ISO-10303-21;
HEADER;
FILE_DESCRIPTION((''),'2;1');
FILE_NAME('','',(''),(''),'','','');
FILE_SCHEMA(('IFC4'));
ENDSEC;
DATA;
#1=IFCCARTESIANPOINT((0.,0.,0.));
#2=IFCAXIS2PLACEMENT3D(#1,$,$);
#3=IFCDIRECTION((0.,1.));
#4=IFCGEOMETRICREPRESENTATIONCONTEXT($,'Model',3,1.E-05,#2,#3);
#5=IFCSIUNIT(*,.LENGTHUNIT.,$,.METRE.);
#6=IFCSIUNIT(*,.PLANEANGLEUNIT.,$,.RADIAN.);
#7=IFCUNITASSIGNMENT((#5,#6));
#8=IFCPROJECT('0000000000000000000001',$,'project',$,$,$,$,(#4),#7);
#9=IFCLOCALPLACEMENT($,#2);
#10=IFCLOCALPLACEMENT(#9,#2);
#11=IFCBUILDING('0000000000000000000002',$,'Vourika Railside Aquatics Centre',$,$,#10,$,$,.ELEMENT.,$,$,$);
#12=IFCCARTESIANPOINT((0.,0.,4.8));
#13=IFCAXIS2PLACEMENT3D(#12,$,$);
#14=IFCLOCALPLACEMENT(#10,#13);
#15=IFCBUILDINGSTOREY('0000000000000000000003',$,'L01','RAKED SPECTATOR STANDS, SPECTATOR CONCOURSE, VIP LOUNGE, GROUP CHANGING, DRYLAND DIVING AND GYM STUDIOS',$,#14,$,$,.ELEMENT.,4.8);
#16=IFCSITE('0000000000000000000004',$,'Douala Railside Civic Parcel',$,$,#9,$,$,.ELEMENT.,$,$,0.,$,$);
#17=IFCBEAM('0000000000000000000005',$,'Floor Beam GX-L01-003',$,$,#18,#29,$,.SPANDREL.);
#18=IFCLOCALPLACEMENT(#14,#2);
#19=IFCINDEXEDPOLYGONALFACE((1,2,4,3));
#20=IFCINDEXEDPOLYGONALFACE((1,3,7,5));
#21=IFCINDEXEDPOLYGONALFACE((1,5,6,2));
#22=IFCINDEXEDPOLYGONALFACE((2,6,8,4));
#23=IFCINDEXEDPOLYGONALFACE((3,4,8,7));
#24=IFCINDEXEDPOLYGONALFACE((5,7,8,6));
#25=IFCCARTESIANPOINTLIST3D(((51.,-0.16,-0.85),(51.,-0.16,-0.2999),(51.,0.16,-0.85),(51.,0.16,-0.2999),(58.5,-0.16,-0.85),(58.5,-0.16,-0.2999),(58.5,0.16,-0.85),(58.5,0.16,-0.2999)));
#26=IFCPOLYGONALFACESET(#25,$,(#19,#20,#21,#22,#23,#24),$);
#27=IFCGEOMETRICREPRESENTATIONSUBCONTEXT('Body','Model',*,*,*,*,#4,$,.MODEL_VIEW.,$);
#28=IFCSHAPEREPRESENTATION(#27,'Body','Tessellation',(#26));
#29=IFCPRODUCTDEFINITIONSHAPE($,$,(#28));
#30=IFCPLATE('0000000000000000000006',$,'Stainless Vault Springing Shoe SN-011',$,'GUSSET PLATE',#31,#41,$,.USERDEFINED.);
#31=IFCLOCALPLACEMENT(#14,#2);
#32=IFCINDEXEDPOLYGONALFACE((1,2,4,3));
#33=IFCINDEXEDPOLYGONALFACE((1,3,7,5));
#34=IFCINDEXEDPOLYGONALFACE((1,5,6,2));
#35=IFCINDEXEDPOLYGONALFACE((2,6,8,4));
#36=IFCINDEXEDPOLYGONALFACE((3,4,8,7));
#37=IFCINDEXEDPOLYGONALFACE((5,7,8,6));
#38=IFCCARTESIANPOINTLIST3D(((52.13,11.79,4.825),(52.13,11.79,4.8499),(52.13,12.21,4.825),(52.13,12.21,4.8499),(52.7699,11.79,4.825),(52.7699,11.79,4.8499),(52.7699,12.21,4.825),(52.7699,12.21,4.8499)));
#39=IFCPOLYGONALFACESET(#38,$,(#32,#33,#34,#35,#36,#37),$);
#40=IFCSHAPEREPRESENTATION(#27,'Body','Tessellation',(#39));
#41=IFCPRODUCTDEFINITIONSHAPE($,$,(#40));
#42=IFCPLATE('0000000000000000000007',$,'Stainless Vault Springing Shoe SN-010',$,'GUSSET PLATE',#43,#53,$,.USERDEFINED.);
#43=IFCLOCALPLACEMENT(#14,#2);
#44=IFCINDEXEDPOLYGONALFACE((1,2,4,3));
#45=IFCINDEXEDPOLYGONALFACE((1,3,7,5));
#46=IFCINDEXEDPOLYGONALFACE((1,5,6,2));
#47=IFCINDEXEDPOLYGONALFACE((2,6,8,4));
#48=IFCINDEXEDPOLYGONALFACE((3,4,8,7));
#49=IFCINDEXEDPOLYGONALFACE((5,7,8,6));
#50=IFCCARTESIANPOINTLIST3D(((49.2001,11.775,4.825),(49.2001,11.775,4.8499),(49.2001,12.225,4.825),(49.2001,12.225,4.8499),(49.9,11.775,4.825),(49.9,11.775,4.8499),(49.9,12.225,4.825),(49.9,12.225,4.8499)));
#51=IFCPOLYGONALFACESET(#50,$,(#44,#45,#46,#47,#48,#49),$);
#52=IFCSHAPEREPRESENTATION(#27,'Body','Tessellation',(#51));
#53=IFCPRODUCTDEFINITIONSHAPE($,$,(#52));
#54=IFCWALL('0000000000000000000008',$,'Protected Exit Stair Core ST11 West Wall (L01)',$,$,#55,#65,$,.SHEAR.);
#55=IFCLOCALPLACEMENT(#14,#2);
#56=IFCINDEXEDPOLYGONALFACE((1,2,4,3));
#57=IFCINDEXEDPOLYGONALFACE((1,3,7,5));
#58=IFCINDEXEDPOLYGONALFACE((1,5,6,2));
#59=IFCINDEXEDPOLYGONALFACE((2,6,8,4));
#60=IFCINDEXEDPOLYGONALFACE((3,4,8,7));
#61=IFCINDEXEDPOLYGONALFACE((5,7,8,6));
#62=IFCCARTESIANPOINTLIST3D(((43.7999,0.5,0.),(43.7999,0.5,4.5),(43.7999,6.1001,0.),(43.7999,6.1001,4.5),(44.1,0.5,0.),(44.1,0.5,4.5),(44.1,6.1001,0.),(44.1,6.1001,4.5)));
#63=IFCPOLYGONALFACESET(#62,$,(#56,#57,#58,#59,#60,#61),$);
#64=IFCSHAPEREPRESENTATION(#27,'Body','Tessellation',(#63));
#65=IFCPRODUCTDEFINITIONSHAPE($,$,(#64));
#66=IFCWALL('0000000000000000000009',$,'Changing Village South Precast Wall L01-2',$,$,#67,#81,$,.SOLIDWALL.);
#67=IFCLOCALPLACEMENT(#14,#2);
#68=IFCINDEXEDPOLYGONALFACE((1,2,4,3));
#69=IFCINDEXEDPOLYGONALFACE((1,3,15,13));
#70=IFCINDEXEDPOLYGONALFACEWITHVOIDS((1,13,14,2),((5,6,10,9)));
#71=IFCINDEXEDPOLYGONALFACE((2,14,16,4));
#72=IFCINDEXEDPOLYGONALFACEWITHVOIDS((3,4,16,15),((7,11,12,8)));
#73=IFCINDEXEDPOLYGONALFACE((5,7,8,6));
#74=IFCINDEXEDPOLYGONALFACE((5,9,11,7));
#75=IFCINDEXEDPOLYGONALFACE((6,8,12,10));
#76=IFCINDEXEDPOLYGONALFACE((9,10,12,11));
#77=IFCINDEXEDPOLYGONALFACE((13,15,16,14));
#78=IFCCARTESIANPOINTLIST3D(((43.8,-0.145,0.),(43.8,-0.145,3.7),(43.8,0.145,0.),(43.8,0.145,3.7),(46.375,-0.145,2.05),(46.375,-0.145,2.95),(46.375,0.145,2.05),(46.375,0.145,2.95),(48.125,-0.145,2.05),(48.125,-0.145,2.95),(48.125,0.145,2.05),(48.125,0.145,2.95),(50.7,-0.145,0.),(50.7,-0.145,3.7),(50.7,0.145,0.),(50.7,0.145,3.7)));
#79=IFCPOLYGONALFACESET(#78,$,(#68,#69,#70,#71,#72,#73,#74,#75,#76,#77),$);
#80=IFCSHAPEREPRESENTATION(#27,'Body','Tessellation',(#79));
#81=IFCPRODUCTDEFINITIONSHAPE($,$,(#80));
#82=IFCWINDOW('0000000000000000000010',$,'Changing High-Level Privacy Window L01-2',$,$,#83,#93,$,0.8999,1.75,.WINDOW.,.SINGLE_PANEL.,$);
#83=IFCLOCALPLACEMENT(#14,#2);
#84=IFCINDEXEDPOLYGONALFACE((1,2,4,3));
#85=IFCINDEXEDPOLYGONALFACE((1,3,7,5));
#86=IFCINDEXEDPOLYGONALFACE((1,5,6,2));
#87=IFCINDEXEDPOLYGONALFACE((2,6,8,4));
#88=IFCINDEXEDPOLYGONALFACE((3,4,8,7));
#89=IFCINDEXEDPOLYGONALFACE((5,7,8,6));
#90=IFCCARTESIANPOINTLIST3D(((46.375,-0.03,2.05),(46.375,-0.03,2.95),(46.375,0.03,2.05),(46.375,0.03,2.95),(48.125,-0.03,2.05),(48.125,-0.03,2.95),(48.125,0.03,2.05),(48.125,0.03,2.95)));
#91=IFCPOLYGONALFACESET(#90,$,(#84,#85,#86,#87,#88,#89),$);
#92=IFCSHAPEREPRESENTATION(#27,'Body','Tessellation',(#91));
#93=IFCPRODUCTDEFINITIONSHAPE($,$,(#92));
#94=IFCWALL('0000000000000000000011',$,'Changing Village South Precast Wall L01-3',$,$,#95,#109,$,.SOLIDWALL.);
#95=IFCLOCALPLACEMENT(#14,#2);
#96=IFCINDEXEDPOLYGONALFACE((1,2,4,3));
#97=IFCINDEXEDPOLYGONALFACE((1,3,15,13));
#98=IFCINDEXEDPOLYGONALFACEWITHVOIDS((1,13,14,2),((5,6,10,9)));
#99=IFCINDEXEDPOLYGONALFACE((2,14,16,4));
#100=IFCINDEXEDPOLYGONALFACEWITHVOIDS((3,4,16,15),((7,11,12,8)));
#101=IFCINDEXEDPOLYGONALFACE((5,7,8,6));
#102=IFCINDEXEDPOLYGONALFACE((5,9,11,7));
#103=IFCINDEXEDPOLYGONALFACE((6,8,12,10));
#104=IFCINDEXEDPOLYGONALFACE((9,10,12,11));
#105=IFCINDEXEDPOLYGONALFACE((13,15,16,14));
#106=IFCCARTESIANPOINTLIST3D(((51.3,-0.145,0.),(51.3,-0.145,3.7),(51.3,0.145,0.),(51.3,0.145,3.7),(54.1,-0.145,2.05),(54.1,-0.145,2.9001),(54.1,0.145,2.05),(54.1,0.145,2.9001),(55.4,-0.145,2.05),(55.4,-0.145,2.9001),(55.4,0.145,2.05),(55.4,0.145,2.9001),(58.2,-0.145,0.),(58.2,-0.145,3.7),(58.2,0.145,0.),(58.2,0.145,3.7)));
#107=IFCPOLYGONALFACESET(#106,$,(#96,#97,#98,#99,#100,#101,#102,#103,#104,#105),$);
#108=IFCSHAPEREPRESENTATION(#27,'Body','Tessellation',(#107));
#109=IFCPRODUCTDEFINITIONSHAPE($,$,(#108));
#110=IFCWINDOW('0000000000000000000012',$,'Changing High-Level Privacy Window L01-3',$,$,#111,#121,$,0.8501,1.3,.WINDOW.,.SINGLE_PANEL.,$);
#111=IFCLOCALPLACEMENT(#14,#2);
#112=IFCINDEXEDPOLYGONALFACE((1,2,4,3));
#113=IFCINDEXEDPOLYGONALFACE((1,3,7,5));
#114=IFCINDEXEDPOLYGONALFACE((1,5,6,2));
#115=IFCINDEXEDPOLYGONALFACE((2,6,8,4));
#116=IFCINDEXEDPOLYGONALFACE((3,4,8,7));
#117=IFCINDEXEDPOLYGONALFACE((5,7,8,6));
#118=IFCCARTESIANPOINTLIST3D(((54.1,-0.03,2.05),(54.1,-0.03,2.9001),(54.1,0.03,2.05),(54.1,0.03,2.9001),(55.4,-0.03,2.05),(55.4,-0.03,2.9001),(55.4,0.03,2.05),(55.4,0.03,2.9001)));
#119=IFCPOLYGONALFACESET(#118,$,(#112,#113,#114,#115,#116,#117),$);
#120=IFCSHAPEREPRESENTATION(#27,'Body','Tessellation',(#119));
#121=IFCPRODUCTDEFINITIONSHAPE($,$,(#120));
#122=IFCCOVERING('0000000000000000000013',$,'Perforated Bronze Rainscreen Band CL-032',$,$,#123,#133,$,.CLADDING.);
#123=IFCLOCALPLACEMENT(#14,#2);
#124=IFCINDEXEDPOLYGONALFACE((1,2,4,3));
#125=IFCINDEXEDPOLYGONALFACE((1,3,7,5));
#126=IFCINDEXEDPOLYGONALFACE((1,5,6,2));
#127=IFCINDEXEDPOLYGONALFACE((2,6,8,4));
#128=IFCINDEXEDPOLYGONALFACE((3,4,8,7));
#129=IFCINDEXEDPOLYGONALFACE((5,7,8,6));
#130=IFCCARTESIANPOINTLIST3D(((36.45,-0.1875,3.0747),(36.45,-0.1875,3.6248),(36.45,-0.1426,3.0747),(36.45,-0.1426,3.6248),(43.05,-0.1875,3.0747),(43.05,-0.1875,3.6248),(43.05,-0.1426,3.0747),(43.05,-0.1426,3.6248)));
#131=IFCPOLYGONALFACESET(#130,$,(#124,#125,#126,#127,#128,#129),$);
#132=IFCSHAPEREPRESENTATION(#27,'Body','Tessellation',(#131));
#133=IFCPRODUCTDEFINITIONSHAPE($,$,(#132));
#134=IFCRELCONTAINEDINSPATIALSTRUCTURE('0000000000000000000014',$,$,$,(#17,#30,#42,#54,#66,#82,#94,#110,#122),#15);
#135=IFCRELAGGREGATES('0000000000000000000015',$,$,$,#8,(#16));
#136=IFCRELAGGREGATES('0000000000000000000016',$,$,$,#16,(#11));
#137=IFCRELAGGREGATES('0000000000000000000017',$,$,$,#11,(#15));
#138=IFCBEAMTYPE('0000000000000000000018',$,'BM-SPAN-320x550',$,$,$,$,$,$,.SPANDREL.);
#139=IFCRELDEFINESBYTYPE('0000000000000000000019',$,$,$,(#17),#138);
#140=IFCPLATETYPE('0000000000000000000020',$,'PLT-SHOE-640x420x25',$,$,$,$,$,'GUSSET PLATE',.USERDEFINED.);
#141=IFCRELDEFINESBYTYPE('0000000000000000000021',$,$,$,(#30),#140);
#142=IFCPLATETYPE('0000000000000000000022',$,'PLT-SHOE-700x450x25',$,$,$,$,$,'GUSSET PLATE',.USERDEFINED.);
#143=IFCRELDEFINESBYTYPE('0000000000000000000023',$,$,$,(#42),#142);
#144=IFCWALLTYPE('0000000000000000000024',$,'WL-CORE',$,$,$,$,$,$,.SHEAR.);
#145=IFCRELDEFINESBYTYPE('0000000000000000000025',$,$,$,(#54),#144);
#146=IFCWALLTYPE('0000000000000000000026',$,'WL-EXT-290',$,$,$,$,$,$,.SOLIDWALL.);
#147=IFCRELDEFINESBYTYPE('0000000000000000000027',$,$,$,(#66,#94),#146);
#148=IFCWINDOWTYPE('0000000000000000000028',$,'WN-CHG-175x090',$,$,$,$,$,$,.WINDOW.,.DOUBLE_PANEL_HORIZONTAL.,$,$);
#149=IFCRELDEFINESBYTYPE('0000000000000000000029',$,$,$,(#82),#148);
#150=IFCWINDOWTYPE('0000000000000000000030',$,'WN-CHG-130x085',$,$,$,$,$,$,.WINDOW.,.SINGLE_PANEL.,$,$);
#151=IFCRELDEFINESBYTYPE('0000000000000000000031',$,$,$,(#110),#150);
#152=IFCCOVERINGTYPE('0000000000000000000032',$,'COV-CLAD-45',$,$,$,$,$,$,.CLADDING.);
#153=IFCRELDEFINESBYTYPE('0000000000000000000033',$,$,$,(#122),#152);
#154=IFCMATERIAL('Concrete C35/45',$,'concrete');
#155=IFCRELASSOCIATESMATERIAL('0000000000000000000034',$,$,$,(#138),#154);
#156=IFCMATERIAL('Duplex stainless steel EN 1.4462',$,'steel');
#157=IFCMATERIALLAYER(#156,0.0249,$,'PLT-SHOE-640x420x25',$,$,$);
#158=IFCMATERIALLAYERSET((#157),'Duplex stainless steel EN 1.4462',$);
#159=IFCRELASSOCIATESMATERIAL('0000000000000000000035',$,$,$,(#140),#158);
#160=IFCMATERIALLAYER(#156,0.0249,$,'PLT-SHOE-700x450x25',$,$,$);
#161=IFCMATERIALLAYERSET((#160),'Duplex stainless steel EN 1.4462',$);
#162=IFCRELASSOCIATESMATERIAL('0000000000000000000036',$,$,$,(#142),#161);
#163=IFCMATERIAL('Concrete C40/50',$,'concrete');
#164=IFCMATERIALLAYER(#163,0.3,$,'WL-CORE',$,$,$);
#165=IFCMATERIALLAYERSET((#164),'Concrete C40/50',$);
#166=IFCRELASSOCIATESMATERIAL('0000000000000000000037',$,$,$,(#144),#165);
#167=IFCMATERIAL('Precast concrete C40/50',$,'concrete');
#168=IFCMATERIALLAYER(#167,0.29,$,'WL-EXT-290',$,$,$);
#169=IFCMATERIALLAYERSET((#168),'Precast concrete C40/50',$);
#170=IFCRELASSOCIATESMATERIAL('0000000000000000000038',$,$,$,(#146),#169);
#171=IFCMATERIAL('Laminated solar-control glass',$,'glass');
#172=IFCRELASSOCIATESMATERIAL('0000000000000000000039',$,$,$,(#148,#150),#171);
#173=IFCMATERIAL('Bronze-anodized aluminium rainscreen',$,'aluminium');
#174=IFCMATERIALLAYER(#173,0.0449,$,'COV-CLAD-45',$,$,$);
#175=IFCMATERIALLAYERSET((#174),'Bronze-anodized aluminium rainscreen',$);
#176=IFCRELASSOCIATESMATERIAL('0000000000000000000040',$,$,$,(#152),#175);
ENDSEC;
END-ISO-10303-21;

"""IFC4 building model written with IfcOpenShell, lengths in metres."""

from ifc_helpers import new_model, si_unit, direction, frame, frame_2d, origin, origin_2d, place, context, subcontext, project, spatial, rectangle, extrude, material, layer, layer_set, material_profile, profile_set, type_object, element, fill, save


model = new_model("IFC4")

# Units and contexts
model_context = context("Model", 3, precision=1e-05, world=origin(), true_north=direction((0.0, 1.0)))
body_context = subcontext(model_context, "Body", "Model", "MODEL_VIEW")
ifc_project = project(units=[si_unit("LENGTHUNIT", "METRE"), si_unit("PLANEANGLEUNIT", "RADIAN")], contexts=[model_context])

# Site, building, storey
site_placement = place(None, origin())
site = spatial("IfcSite", under=ifc_project, at=site_placement, Name="Douala Railside Civic Parcel", CompositionType="ELEMENT", RefElevation=0.0)
building_placement = place(site_placement, origin())
building = spatial("IfcBuilding", under=site, at=building_placement, Name="Vourika Railside Aquatics Centre", CompositionType="ELEMENT")
storey_placement = place(building_placement, frame((0.0, 0.0, 4.8)))
storey = spatial("IfcBuildingStorey", under=building, at=storey_placement, Name="L01", Description="RAKED SPECTATOR STANDS, SPECTATOR CONCOURSE, VIP LOUNGE, GROUP CHANGING, DRYLAND DIVING AND GYM STUDIOS", CompositionType="ELEMENT", Elevation=4.8)

# Shared definitions
ifc_material_1 = material(Name="Concrete C40/50", Category="concrete")

# Beam
ifc_material_2 = material(Name="Concrete C35/45", Category="concrete")
ifc_material_profile_1 = material_profile(ifc_material_2, rectangle(XDim=0.3201, YDim=0.55, at=origin_2d()), Name="RC 320x550")
ifc_profile_set_1 = profile_set([ifc_material_profile_1], Name="Concrete C35/45")
beam_type_1 = type_object("IfcBeamType", Name="BM-SPAN-320x550", PredefinedType="SPANDREL", material=ifc_profile_set_1)
for number, where, z_axis, x_axis, name in (
    (1, (51.0, 0.0, -0.575), (1.0, 0.0, 0.0), (0.0, 1.0, 0.0), "Floor Beam GX-L01-003"),
):
    element("IfcBeam", number, at=place(storey_placement, frame(where, z_axis=z_axis, x_axis=x_axis)), inside=storey, type_object=beam_type_1, Name=name, PredefinedType="SPANDREL", context=body_context, shape_type="SweptSolid", body=[
        extrude(rectangle(XDim=0.3201, YDim=0.55, at=origin_2d()), origin(), (0.0, 0.0, 1.0), 7.5),
    ])

# Plates
ifc_material_3 = material(Name="Duplex stainless steel EN 1.4462", Category="steel")
ifc_layer_1 = layer(ifc_material_3, 0.0249, Name="PLT-SHOE-640x420x25")
ifc_layer_set_1 = layer_set([ifc_layer_1], Name="Duplex stainless steel EN 1.4462")
plate_type_1 = type_object("IfcPlateType", Name="PLT-SHOE-640x420x25", ElementType="GUSSET PLATE", PredefinedType="USERDEFINED", material=ifc_layer_set_1)
plate_1_placement = place(storey_placement, frame((52.45, 12.0, 4.825), z_axis=(0.0, 0.0, 1.0), x_axis=(1.0, 0.0, 0.0)))
element("IfcPlate", 2, at=plate_1_placement, inside=storey, type_object=plate_type_1, Name="Stainless Vault Springing Shoe SN-011", ObjectType="GUSSET PLATE", PredefinedType="USERDEFINED", context=body_context, shape_type="SweptSolid", body=[
    extrude(rectangle(XDim=0.6399, YDim=0.4199, at=origin_2d()), origin(), (0.0, 0.0, 1.0), 0.0249),
])
ifc_layer_2 = layer(ifc_material_3, 0.0249, Name="PLT-SHOE-700x450x25")
ifc_layer_set_2 = layer_set([ifc_layer_2], Name="Duplex stainless steel EN 1.4462")
plate_type_2 = type_object("IfcPlateType", Name="PLT-SHOE-700x450x25", ElementType="GUSSET PLATE", PredefinedType="USERDEFINED", material=ifc_layer_set_2)
plate_2_placement = place(storey_placement, frame((49.55, 12.0, 4.825), z_axis=(0.0, 0.0, 1.0), x_axis=(1.0, 0.0, 0.0)))
element("IfcPlate", 3, at=plate_2_placement, inside=storey, type_object=plate_type_2, Name="Stainless Vault Springing Shoe SN-010", ObjectType="GUSSET PLATE", PredefinedType="USERDEFINED", context=body_context, shape_type="SweptSolid", body=[
    extrude(rectangle(XDim=0.7, YDim=0.45, at=origin_2d()), origin(), (0.0, 0.0, 1.0), 0.0249),
])

# Wall
ifc_layer_3 = layer(ifc_material_1, 0.3, Name="WL-CORE")
ifc_layer_set_3 = layer_set([ifc_layer_3], Name="Concrete C40/50")
wall_type_1 = type_object("IfcWallType", Name="WL-CORE", PredefinedType="SHEAR", material=ifc_layer_set_3)
wall_1_placement = place(storey_placement, frame((43.95, 6.1001, 0.0), z_axis=(0.0, 0.0, 1.0), x_axis=(0.0, -1.0, 0.0)))
element("IfcWall", 4, at=wall_1_placement, inside=storey, type_object=wall_type_1, Name="Protected Exit Stair Core ST11 West Wall (L01)", PredefinedType="SHEAR", context=body_context, shape_type="SweptSolid", body=[
    extrude(rectangle(XDim=5.6001, YDim=0.3, at=frame_2d((2.8, 0.0))), origin(), (0.0, 0.0, 1.0), 4.5),
])

# Walls, openings, windows
ifc_material_4 = material(Name="Precast concrete C40/50", Category="concrete")
ifc_layer_4 = layer(ifc_material_4, 0.29, Name="WL-EXT-290")
ifc_layer_set_4 = layer_set([ifc_layer_4], Name="Precast concrete C40/50")
wall_type_2 = type_object("IfcWallType", Name="WL-EXT-290", PredefinedType="SOLIDWALL", material=ifc_layer_set_4)
wall_2_placement = place(storey_placement, frame((43.8, 0.0, 0.0), z_axis=(0.0, 0.0, 1.0), x_axis=(1.0, 0.0, 0.0)))
wall_2 = element("IfcWall", 5, at=wall_2_placement, inside=storey, type_object=wall_type_2, Name="Changing Village South Precast Wall L01-2", PredefinedType="SOLIDWALL", context=body_context, shape_type="SweptSolid", body=[
    extrude(rectangle(XDim=6.8999, YDim=0.29, at=frame_2d((3.45, 0.0))), origin(), (0.0, 0.0, 1.0), 3.7),
])
opening_1_placement = place(wall_2_placement, frame((2.575, 0.0, 2.05)))
opening_1 = element("IfcOpeningElement", 6, at=opening_1_placement, cuts=wall_2, PredefinedType="OPENING", context=body_context, shape_type="SweptSolid", body=[
    extrude(rectangle(XDim=1.75, YDim=0.8999, at=frame_2d((0.875, 0.45))), frame((0.0, 0.155, 0.0), z_axis=(0.0, -1.0, 0.0), x_axis=(1.0, 0.0, 0.0)), (0.0, 0.0, 1.0), 0.3101),
])
ifc_material_5 = material(Name="Laminated solar-control glass", Category="glass")
window_type_1 = type_object("IfcWindowType", Name="WN-CHG-175x090", PartitioningType="DOUBLE_PANEL_HORIZONTAL", PredefinedType="WINDOW", material=ifc_material_5)
window_1_placement = place(opening_1_placement, origin())
window_1 = element("IfcWindow", 7, at=window_1_placement, inside=storey, type_object=window_type_1, Name="Changing High-Level Privacy Window L01-2", OverallHeight=0.8999, OverallWidth=1.75, PartitioningType="SINGLE_PANEL", PredefinedType="WINDOW", context=body_context, shape_type="SweptSolid", body=[
    extrude(rectangle(XDim=1.75, YDim=0.8999, at=frame_2d((0.875, 0.45))), frame((0.0, 0.03, 0.0), z_axis=(0.0, -1.0, 0.0), x_axis=(1.0, 0.0, 0.0)), (0.0, 0.0, 1.0), 0.0601),
])
fill(opening_1, window_1)
wall_3_placement = place(storey_placement, frame((51.3, 0.0, 0.0), z_axis=(0.0, 0.0, 1.0), x_axis=(1.0, 0.0, 0.0)))
wall_3 = element("IfcWall", 8, at=wall_3_placement, inside=storey, type_object=wall_type_2, Name="Changing Village South Precast Wall L01-3", PredefinedType="SOLIDWALL", context=body_context, shape_type="SweptSolid", body=[
    extrude(rectangle(XDim=6.8999, YDim=0.29, at=frame_2d((3.45, 0.0))), origin(), (0.0, 0.0, 1.0), 3.7),
])
opening_2_placement = place(wall_3_placement, frame((2.8, 0.0, 2.05)))
opening_2 = element("IfcOpeningElement", 9, at=opening_2_placement, cuts=wall_3, PredefinedType="OPENING", context=body_context, shape_type="SweptSolid", body=[
    extrude(rectangle(XDim=1.3, YDim=0.8501, at=frame_2d((0.6499, 0.425))), frame((0.0, 0.155, 0.0), z_axis=(0.0, -1.0, 0.0), x_axis=(1.0, 0.0, 0.0)), (0.0, 0.0, 1.0), 0.3101),
])
window_type_2 = type_object("IfcWindowType", Name="WN-CHG-130x085", PartitioningType="SINGLE_PANEL", PredefinedType="WINDOW", material=ifc_material_5)
window_2_placement = place(opening_2_placement, origin())
window_2 = element("IfcWindow", 10, at=window_2_placement, inside=storey, type_object=window_type_2, Name="Changing High-Level Privacy Window L01-3", OverallHeight=0.8501, OverallWidth=1.3, PartitioningType="SINGLE_PANEL", PredefinedType="WINDOW", context=body_context, shape_type="SweptSolid", body=[
    extrude(rectangle(XDim=1.3, YDim=0.8501, at=frame_2d((0.6499, 0.425))), frame((0.0, 0.03, 0.0), z_axis=(0.0, -1.0, 0.0), x_axis=(1.0, 0.0, 0.0)), (0.0, 0.0, 1.0), 0.0601),
])
fill(opening_2, window_2)

# Covering
ifc_material_6 = material(Name="Bronze-anodized aluminium rainscreen", Category="aluminium")
ifc_layer_5 = layer(ifc_material_6, 0.0449, Name="COV-CLAD-45")
ifc_layer_set_5 = layer_set([ifc_layer_5], Name="Bronze-anodized aluminium rainscreen")
covering_type = type_object("IfcCoveringType", Name="COV-CLAD-45", PredefinedType="CLADDING", material=ifc_layer_set_5)
covering_placement = place(storey_placement, frame((39.75, -0.165, 3.0747), z_axis=(0.0, 0.0, 1.0), x_axis=(1.0, 0.0, 0.0)))
element("IfcCovering", 11, at=covering_placement, inside=storey, type_object=covering_type, Name="Perforated Bronze Rainscreen Band CL-032", PredefinedType="CLADDING", context=body_context, shape_type="SweptSolid", body=[
    extrude(rectangle(XDim=6.6001, YDim=0.0449, at=origin_2d()), origin(), (0.0, 0.0, 1.0), 0.55),
])

save(model, "model.ifc")
